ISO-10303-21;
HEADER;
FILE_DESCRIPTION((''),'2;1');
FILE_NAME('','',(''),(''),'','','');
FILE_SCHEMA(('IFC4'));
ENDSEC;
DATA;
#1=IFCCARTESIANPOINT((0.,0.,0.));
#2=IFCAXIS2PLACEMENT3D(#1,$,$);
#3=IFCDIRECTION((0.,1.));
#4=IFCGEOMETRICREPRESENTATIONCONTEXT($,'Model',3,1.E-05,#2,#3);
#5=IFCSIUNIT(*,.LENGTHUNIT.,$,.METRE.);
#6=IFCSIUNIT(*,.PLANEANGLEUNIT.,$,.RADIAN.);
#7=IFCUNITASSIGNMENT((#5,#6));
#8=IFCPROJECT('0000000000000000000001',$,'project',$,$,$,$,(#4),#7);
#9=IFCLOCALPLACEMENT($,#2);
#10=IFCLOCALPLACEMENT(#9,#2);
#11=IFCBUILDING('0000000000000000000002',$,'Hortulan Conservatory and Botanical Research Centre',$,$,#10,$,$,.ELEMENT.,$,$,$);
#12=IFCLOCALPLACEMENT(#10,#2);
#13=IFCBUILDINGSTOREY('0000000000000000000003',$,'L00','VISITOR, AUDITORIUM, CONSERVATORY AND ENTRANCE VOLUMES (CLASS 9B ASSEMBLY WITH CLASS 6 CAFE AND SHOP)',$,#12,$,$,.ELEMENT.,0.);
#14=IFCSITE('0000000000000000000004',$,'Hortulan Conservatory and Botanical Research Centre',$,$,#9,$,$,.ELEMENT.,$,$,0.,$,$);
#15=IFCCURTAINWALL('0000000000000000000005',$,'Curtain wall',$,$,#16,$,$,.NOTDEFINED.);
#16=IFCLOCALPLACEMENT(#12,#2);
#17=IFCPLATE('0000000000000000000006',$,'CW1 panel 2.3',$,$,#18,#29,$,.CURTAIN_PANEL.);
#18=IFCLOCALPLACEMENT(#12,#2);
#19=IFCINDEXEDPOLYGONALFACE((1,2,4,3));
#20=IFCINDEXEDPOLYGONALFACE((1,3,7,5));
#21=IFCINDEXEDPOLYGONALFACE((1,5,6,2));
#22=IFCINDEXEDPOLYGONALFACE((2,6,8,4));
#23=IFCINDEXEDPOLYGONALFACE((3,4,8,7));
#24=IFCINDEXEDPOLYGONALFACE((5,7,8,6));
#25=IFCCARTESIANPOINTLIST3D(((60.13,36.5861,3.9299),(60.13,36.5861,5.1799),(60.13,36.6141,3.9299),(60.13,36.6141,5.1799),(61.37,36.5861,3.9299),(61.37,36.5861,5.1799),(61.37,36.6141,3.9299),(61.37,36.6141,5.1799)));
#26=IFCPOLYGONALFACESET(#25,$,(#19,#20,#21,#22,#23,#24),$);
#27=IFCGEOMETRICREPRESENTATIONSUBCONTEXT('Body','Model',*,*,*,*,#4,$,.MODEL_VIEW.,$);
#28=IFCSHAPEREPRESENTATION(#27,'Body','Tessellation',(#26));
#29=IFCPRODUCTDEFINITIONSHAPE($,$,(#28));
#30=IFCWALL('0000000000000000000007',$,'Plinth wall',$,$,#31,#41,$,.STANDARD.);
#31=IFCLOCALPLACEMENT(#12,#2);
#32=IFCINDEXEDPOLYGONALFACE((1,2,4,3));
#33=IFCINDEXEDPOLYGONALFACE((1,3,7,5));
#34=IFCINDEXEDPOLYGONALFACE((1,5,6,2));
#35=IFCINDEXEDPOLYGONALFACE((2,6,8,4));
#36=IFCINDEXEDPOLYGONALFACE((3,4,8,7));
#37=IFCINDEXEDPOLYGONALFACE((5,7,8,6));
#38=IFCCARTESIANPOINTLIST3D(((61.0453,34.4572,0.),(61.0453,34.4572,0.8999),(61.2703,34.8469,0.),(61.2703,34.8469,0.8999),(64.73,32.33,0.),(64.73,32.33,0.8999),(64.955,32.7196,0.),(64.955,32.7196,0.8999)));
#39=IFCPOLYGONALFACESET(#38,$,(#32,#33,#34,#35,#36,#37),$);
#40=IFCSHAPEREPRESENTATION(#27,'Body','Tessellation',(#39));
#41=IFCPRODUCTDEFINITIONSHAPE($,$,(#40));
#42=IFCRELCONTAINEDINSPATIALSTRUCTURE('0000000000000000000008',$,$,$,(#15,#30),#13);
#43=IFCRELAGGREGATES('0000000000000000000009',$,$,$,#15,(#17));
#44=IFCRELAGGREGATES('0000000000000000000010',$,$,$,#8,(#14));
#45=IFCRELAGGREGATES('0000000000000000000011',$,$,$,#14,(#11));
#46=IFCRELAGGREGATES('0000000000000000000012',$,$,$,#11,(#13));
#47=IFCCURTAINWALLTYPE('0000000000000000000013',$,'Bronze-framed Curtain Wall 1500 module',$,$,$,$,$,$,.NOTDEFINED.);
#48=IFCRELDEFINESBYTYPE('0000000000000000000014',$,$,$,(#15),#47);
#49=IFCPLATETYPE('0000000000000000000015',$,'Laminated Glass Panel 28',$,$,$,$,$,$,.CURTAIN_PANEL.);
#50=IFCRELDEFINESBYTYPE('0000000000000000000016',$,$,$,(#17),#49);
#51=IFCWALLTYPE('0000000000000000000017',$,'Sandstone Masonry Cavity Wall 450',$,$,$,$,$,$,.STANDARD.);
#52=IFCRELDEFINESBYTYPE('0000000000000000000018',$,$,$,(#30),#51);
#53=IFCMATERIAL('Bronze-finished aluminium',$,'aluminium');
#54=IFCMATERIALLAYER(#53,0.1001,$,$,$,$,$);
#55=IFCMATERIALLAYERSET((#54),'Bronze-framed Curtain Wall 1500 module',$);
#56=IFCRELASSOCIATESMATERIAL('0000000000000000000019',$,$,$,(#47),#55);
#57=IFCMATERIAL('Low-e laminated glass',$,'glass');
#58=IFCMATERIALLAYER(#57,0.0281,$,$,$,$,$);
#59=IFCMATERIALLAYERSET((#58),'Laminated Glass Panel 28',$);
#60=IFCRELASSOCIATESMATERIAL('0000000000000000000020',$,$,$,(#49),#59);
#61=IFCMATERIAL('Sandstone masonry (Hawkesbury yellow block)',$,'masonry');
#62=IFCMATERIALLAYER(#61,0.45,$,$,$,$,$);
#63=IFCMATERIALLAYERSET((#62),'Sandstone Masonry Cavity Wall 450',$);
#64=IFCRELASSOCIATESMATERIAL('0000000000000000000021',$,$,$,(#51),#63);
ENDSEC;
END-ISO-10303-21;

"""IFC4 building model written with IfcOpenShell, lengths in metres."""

from ifc_helpers import new_model, si_unit, direction, frame, frame_2d, origin, origin_2d, place, context, subcontext, project, spatial, rectangle, extrude, material, layer, layer_set, type_object, element, aggregate, save


model = new_model("IFC4")

# Units and contexts
model_context = context("Model", 3, precision=1e-05, world=origin(), true_north=direction((0.0, 1.0)))
body_context = subcontext(model_context, "Body", "Model", "MODEL_VIEW")
ifc_project = project(units=[si_unit("LENGTHUNIT", "METRE"), si_unit("PLANEANGLEUNIT", "RADIAN")], contexts=[model_context])

# Site, building, storey
site_placement = place(None, origin())
site = spatial("IfcSite", under=ifc_project, at=site_placement, Name="Hortulan Conservatory and Botanical Research Centre", CompositionType="ELEMENT", RefElevation=0.0)
building_placement = place(site_placement, origin())
building = spatial("IfcBuilding", under=site, at=building_placement, Name="Hortulan Conservatory and Botanical Research Centre", CompositionType="ELEMENT")
storey_placement = place(building_placement, origin())
storey = spatial("IfcBuildingStorey", under=building, at=storey_placement, Name="L00", Description="VISITOR, AUDITORIUM, CONSERVATORY AND ENTRANCE VOLUMES (CLASS 9B ASSEMBLY WITH CLASS 6 CAFE AND SHOP)", CompositionType="ELEMENT", Elevation=0.0)

# Shared definitions
ifc_material_1 = material(Name="Bronze-finished aluminium", Category="aluminium")
ifc_layer_1 = layer(ifc_material_1, 0.1001)
ifc_layer_set_1 = layer_set([ifc_layer_1], Name="Bronze-framed Curtain Wall 1500 module")
curtain_wall_type = type_object("IfcCurtainWallType", Name="Bronze-framed Curtain Wall 1500 module", PredefinedType="NOTDEFINED", material=ifc_layer_set_1)

# Curtain wall
curtain_wall_1_placement = place(storey_placement, origin())
curtain_wall_1 = element("IfcCurtainWall", 1, at=curtain_wall_1_placement, inside=storey, type_object=curtain_wall_type, Name="Curtain wall", PredefinedType="NOTDEFINED")

# Plate
ifc_material_2 = material(Name="Low-e laminated glass", Category="glass")
ifc_layer_2 = layer(ifc_material_2, 0.0281)
ifc_layer_set_2 = layer_set([ifc_layer_2], Name="Laminated Glass Panel 28")
plate_type = type_object("IfcPlateType", Name="Laminated Glass Panel 28", PredefinedType="CURTAIN_PANEL", material=ifc_layer_set_2)
plate_1_placement = place(storey_placement, frame((60.75, 36.6001, 3.9299), z_axis=(0.0, 0.0, 1.0), x_axis=(1.0, 0.0, 0.0)))
plate_1 = element("IfcPlate", 2, at=plate_1_placement, type_object=plate_type, Name="CW1 panel 2.3", PredefinedType="CURTAIN_PANEL", context=body_context, shape_type="SweptSolid", body=[
    extrude(rectangle(XDim=1.24, YDim=0.0281, at=origin_2d()), origin(), (0.0, 0.0, 1.0), 1.25),
])
aggregate(curtain_wall_1, [plate_1])

# Wall
ifc_material_3 = material(Name="Sandstone masonry (Hawkesbury yellow block)", Category="masonry")
ifc_layer_3 = layer(ifc_material_3, 0.45)
ifc_layer_set_3 = layer_set([ifc_layer_3], Name="Sandstone Masonry Cavity Wall 450")
wall_type = type_object("IfcWallType", Name="Sandstone Masonry Cavity Wall 450", PredefinedType="STANDARD", material=ifc_layer_set_3)
wall_placement = place(storey_placement, frame((61.1577, 34.6521, 0.0), z_axis=(0.0, 0.0, 1.0), x_axis=(0.866035, -0.499984, 0.0)))
element("IfcWall", 3, at=wall_placement, inside=storey, type_object=wall_type, Name="Plinth wall", PredefinedType="STANDARD", context=body_context, shape_type="SweptSolid", body=[
    extrude(rectangle(XDim=4.2546, YDim=0.45, at=frame_2d((2.1274, 0.0))), origin(), (0.0, 0.0, 1.0), 0.8999),
])

save(model, "model.ifc")
